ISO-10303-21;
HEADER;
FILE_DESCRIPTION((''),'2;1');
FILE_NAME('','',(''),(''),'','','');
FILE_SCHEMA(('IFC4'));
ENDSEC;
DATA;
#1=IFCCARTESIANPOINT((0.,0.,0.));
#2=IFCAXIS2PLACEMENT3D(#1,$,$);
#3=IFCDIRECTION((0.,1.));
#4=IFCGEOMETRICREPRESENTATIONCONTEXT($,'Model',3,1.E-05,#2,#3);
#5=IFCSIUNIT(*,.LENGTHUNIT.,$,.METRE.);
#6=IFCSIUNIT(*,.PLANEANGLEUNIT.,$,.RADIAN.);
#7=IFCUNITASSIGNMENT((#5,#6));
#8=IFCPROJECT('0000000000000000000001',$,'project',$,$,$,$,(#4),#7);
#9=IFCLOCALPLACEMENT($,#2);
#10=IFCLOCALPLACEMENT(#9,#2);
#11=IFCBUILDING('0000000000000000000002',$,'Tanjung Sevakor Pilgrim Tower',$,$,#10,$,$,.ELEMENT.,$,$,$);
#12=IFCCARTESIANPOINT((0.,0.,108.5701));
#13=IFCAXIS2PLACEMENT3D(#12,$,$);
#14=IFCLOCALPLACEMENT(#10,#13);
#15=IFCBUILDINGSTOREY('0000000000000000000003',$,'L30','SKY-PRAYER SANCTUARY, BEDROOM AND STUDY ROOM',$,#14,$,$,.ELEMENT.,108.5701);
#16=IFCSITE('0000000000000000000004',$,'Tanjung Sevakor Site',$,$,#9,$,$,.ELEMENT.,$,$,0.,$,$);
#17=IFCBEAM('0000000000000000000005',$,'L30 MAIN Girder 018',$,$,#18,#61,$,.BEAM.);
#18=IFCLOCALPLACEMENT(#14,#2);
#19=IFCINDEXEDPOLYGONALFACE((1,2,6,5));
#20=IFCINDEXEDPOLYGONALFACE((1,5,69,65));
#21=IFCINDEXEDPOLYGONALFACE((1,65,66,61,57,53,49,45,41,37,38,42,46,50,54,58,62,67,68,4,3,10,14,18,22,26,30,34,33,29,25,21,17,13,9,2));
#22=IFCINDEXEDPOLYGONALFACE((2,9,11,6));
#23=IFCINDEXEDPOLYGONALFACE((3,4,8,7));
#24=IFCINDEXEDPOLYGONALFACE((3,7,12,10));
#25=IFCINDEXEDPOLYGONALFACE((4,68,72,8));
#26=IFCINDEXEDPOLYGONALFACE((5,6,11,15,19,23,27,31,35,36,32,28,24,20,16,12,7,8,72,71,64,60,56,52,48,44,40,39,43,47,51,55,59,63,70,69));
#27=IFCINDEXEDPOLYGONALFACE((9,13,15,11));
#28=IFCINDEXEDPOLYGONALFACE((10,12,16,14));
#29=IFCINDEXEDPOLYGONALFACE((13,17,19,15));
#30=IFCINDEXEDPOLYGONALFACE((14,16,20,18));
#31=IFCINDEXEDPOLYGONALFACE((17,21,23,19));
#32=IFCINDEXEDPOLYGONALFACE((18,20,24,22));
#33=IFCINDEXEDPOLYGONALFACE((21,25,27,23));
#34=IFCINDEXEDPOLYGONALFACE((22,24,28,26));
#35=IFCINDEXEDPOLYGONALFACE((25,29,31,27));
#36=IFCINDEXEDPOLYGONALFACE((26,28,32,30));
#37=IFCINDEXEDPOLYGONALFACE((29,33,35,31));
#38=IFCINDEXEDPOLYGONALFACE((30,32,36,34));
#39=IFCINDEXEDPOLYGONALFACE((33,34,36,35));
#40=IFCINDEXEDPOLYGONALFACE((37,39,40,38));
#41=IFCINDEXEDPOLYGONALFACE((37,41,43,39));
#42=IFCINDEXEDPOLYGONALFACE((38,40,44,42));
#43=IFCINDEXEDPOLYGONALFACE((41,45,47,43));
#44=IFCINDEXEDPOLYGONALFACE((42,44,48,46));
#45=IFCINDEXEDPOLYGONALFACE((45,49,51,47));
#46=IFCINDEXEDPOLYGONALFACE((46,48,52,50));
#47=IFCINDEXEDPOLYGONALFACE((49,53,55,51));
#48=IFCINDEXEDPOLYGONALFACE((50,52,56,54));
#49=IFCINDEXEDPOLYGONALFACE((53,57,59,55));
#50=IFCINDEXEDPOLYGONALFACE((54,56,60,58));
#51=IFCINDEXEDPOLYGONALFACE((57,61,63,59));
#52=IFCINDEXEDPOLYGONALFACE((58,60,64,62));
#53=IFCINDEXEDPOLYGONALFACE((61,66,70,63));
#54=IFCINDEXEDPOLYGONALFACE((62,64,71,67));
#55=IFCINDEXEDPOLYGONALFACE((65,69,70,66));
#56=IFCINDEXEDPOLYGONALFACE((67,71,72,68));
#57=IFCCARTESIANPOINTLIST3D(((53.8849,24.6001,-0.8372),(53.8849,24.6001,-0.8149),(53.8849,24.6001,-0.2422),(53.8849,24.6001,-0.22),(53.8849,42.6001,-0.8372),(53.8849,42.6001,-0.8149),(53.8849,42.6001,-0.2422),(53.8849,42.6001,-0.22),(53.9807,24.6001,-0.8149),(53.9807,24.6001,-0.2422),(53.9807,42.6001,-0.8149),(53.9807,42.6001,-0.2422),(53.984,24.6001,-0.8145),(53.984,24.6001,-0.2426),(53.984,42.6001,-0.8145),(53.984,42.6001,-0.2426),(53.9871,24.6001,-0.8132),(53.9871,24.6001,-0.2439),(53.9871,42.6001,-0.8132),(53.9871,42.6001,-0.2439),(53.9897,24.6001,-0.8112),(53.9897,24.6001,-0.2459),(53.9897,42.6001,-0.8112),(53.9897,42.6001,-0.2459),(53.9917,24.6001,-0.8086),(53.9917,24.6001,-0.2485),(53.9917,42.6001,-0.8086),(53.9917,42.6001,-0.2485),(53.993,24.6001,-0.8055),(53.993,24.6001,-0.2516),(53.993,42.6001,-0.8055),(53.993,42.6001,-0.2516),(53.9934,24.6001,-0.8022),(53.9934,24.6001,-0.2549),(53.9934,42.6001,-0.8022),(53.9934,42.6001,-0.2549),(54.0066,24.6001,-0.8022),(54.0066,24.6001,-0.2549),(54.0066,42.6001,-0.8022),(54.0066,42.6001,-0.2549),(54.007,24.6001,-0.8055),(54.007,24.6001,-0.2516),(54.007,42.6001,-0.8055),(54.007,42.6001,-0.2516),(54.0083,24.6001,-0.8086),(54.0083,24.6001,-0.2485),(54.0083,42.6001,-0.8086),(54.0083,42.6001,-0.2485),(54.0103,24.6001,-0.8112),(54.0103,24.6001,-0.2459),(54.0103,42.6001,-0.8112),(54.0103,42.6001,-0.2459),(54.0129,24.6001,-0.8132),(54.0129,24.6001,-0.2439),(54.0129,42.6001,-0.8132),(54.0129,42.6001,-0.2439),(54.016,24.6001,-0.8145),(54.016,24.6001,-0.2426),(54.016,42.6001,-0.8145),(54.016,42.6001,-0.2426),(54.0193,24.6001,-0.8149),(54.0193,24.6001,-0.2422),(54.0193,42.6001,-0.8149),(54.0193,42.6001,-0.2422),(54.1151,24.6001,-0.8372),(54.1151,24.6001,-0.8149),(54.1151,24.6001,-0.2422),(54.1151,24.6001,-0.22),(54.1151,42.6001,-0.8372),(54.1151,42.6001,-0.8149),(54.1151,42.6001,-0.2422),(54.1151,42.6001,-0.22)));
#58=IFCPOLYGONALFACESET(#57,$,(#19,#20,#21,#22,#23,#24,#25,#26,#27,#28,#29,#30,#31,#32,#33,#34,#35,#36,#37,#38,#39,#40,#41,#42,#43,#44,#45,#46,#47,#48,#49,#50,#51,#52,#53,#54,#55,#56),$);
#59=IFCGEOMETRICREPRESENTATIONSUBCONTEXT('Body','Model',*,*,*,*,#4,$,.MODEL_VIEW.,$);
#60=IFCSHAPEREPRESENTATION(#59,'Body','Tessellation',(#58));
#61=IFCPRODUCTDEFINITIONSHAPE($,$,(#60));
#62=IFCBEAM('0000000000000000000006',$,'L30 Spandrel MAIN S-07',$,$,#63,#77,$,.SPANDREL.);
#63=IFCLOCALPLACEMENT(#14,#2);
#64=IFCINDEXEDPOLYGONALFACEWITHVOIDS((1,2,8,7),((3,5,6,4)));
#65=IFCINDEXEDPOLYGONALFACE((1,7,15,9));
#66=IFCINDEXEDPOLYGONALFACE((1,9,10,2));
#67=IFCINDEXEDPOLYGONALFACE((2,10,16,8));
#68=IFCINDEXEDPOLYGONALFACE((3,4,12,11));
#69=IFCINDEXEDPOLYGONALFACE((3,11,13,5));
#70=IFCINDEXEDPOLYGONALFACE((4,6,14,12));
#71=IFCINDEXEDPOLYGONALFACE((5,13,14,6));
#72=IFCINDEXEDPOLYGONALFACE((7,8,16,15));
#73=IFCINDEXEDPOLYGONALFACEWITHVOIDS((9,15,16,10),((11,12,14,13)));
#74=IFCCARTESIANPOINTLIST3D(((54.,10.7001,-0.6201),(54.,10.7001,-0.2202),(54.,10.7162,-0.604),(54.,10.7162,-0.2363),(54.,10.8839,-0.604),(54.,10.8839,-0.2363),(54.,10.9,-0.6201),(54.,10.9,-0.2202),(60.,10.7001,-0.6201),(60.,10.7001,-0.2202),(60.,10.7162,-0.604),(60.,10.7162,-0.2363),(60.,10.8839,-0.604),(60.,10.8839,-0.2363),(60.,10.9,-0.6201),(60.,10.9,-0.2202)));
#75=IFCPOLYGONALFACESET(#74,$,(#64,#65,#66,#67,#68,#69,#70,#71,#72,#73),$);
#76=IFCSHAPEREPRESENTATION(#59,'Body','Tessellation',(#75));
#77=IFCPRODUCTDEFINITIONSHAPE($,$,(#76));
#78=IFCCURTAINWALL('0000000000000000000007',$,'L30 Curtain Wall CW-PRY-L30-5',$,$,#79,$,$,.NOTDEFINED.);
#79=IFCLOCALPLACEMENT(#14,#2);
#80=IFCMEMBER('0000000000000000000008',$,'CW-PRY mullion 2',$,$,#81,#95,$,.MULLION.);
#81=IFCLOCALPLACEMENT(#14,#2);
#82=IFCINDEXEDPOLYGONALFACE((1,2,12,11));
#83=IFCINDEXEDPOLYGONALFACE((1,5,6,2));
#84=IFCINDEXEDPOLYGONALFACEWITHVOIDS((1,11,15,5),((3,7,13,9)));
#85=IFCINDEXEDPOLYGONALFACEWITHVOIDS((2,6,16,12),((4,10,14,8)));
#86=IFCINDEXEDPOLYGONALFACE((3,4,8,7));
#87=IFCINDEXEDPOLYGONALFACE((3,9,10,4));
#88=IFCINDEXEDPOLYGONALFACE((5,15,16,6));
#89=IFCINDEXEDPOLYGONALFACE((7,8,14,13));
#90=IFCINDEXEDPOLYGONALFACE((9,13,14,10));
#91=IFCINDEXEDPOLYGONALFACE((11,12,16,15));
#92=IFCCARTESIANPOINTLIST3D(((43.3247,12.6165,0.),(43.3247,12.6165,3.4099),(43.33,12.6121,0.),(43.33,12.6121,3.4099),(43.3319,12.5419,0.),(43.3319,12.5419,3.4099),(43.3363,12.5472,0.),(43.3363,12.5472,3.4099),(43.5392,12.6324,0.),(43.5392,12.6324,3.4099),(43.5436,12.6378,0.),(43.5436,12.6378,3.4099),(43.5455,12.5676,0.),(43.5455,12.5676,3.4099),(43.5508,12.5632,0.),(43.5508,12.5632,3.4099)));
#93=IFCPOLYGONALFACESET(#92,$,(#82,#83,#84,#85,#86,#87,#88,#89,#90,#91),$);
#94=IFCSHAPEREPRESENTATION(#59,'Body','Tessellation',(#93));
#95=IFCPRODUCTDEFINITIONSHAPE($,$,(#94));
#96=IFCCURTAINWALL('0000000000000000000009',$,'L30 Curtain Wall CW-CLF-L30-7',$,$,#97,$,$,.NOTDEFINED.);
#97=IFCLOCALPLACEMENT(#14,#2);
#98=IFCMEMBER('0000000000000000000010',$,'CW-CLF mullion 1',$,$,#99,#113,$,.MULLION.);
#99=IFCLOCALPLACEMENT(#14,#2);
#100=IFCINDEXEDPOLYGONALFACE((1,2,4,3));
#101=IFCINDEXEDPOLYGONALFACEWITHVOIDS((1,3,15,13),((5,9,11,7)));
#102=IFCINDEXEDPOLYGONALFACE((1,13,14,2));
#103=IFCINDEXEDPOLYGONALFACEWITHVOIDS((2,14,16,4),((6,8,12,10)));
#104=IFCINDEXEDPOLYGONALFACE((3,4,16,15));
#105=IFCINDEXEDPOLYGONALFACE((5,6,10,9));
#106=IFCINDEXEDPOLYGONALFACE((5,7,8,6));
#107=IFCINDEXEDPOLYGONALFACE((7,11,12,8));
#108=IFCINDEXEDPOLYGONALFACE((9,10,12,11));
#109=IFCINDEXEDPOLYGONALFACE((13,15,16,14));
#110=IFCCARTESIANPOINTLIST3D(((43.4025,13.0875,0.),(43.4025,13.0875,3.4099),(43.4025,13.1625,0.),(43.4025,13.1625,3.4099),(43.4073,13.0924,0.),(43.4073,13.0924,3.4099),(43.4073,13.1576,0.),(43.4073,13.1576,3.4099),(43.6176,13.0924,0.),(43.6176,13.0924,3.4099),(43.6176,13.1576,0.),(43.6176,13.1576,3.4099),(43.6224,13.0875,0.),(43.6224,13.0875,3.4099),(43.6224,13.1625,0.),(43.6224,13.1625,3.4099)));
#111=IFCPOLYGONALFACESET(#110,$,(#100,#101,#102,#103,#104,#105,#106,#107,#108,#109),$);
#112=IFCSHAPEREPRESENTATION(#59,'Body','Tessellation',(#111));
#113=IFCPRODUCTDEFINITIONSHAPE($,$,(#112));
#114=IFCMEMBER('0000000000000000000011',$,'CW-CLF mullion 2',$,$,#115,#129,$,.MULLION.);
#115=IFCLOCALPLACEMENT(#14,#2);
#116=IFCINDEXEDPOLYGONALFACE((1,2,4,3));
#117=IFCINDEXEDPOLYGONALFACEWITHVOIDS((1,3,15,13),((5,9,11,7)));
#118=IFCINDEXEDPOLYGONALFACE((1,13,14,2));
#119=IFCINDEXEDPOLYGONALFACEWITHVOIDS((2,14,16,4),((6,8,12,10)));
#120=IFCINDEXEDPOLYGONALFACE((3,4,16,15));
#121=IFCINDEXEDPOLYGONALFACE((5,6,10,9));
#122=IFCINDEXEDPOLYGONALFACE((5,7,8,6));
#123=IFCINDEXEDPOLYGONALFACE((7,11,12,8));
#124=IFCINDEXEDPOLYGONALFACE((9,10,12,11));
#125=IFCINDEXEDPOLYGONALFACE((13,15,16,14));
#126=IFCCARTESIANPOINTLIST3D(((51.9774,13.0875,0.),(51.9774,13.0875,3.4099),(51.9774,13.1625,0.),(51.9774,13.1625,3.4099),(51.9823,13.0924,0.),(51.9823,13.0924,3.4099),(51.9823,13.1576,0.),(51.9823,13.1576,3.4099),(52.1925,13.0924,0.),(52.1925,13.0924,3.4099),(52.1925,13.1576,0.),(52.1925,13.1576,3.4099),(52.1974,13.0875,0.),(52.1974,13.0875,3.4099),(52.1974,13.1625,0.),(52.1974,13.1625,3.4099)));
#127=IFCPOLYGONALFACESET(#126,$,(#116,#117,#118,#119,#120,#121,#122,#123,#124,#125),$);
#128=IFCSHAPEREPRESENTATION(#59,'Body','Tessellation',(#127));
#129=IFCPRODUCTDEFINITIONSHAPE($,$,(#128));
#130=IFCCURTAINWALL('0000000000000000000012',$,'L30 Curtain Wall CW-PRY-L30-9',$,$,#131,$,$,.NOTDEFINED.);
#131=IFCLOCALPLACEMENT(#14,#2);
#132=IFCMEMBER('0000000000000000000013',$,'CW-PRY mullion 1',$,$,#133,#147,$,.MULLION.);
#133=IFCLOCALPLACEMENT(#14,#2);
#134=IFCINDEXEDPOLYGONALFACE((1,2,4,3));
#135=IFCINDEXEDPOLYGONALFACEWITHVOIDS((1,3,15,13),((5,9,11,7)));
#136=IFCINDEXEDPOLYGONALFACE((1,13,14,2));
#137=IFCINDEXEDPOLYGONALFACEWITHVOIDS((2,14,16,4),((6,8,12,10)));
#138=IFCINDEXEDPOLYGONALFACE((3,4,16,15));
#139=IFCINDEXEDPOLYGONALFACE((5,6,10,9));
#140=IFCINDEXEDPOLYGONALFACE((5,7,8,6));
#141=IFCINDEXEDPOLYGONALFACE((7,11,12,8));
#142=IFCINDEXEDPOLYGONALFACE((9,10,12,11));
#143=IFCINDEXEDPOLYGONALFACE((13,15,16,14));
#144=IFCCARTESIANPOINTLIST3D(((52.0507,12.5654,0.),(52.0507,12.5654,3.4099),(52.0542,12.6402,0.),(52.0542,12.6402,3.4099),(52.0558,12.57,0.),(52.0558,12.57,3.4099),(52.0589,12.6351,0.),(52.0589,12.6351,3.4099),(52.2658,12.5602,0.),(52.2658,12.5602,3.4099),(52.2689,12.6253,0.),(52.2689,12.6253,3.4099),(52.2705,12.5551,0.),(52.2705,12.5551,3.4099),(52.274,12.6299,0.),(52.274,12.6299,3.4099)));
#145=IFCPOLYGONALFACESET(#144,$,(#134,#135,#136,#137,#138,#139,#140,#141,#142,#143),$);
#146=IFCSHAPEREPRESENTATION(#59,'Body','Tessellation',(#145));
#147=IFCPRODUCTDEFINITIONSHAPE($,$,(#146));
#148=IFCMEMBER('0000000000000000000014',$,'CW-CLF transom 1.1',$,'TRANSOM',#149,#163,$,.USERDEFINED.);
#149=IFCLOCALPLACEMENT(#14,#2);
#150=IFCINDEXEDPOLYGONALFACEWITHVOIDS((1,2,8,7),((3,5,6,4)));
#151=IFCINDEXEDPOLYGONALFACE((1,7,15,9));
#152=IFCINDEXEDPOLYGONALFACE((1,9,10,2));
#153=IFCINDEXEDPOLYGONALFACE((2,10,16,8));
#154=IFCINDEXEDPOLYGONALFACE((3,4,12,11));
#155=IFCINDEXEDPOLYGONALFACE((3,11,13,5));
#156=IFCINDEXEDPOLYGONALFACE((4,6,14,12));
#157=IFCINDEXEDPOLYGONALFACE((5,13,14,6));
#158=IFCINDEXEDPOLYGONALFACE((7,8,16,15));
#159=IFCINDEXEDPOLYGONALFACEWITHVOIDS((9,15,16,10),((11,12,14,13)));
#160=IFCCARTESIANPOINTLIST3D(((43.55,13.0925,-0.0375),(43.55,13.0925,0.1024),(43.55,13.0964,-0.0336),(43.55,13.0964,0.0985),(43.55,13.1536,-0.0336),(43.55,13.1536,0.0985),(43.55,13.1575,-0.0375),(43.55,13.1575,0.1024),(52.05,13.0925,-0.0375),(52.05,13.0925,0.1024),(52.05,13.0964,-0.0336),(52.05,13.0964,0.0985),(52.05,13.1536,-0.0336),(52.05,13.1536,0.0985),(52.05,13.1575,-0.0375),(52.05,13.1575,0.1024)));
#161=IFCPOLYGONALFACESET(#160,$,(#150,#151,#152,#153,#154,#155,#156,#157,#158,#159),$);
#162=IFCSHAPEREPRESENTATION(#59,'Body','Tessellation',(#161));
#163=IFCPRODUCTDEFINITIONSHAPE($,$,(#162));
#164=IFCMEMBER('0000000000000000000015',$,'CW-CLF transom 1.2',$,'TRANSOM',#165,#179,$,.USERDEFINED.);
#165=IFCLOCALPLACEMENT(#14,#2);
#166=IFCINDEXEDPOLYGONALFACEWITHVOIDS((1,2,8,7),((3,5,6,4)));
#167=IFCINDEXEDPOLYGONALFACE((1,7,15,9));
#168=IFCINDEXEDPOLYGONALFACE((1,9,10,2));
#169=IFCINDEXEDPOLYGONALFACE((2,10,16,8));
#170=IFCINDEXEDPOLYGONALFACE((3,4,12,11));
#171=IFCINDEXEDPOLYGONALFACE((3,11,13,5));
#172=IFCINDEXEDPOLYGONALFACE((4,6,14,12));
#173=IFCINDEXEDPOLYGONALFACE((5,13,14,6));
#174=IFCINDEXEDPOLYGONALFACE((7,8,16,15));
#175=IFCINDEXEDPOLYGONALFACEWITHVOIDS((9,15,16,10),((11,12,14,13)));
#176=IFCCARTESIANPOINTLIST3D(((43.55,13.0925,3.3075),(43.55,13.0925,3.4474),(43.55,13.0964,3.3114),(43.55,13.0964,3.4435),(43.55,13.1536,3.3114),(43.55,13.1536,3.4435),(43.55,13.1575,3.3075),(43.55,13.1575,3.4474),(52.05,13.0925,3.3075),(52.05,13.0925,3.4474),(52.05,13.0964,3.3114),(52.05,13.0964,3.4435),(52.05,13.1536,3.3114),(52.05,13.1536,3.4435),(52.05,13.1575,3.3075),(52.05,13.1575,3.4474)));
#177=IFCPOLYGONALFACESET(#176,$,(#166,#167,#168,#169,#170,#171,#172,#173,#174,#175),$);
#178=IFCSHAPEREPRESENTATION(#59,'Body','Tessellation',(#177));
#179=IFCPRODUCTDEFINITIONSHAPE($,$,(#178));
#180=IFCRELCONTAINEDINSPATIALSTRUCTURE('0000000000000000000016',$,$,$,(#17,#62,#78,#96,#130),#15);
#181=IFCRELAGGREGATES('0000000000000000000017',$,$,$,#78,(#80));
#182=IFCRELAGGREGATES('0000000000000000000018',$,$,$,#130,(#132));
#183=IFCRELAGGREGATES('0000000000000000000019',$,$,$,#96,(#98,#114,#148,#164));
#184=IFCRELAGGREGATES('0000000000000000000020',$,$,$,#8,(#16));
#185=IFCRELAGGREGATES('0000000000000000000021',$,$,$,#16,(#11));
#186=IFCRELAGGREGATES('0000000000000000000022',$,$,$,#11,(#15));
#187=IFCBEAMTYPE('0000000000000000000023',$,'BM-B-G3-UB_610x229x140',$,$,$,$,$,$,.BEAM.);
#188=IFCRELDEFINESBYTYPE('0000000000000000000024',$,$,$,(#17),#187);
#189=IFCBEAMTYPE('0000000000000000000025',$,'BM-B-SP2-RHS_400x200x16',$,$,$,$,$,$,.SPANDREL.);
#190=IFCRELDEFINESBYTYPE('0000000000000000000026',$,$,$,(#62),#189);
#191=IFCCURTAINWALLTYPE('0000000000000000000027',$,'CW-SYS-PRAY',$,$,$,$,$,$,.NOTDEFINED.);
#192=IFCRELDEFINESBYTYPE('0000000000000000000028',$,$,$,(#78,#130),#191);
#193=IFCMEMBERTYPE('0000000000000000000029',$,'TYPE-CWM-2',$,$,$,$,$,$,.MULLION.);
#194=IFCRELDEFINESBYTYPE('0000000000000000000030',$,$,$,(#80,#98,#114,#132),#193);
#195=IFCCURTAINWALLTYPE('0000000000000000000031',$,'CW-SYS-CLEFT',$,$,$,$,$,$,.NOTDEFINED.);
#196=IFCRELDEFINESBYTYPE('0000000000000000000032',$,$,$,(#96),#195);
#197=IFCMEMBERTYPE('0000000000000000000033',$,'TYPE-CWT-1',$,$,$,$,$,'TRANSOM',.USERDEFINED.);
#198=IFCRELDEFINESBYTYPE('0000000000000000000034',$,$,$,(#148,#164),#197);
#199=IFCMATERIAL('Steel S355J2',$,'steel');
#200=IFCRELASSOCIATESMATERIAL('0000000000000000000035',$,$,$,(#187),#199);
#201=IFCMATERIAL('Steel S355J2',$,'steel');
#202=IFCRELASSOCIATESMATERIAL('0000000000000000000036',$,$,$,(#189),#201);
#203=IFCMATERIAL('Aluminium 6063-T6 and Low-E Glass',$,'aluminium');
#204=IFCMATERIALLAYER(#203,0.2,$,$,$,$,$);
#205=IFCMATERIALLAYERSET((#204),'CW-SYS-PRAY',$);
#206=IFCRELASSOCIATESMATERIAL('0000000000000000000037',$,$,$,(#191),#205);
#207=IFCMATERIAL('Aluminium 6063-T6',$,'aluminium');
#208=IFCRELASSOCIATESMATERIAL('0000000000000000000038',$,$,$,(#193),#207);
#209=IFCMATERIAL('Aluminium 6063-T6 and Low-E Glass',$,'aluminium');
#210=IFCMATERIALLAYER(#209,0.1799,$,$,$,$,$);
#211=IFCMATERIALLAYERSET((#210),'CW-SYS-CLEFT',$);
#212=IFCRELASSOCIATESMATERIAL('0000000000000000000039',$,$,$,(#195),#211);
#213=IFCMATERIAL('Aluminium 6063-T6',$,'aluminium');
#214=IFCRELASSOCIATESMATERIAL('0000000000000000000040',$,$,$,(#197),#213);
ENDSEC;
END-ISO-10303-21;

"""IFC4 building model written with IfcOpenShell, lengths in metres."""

from ifc_helpers import new_model, si_unit, direction, frame, origin, origin_2d, place, context, subcontext, project, spatial, hollow_rectangle, i_section, extrude, material, layer, layer_set, material_profile, profile_set, type_object, element, aggregate, save


model = new_model("IFC4")

# Units and contexts
model_context = context("Model", 3, precision=1e-05, world=origin(), true_north=direction((0.0, 1.0)))
body_context = subcontext(model_context, "Body", "Model", "MODEL_VIEW")
ifc_project = project(units=[si_unit("LENGTHUNIT", "METRE"), si_unit("PLANEANGLEUNIT", "RADIAN")], contexts=[model_context])

# Site, building, storey
site_placement = place(None, origin())
site = spatial("IfcSite", under=ifc_project, at=site_placement, Name="Tanjung Sevakor Site", CompositionType="ELEMENT", RefElevation=0.0)
building_placement = place(site_placement, origin())
building = spatial("IfcBuilding", under=site, at=building_placement, Name="Tanjung Sevakor Pilgrim Tower", CompositionType="ELEMENT")
storey_placement = place(building_placement, frame((0.0, 0.0, 108.5701)))
storey = spatial("IfcBuildingStorey", under=building, at=storey_placement, Name="L30", Description="SKY-PRAYER SANCTUARY, BEDROOM AND STUDY ROOM", CompositionType="ELEMENT", Elevation=108.5701)

# Beams
ifc_material_1 = material(Name="Steel S355J2", Category="steel")
ifc_material_profile_1 = material_profile(ifc_material_1, i_section(OverallWidth=0.2302, OverallDepth=0.6172, WebThickness=0.0132, FlangeThickness=0.0222, FilletRadius=0.0127, at=origin_2d()))
ifc_profile_set_1 = profile_set([ifc_material_profile_1], Name="Steel S355J2")
beam_type_1 = type_object("IfcBeamType", Name="BM-B-G3-UB_610x229x140", PredefinedType="BEAM", material=ifc_profile_set_1)
beam_1_placement = place(storey_placement, frame((54.0, 24.6001, -0.5286), z_axis=(0.0, 1.0, 0.0), x_axis=(-1.0, 0.0, 0.0)))
element("IfcBeam", 1, at=beam_1_placement, inside=storey, type_object=beam_type_1, Name="L30 MAIN Girder 018", PredefinedType="BEAM", context=body_context, shape_type="SweptSolid", body=[
    extrude(i_section(OverallWidth=0.2302, OverallDepth=0.6172, WebThickness=0.0132, FlangeThickness=0.0222, FilletRadius=0.0127, at=origin_2d()), origin(), (0.0, 0.0, 1.0), 18.0),
])
ifc_material_2 = material(Name="Steel S355J2", Category="steel")
ifc_material_profile_2 = material_profile(ifc_material_2, hollow_rectangle(XDim=0.2, YDim=0.3999, WallThickness=0.0161, at=origin_2d()))
ifc_profile_set_2 = profile_set([ifc_material_profile_2], Name="Steel S355J2")
beam_type_2 = type_object("IfcBeamType", Name="BM-B-SP2-RHS_400x200x16", PredefinedType="SPANDREL", material=ifc_profile_set_2)
beam_2_placement = place(storey_placement, frame((54.0, 10.8, -0.4202), z_axis=(1.0, 0.0, 0.0), x_axis=(0.0, 1.0, 0.0)))
element("IfcBeam", 2, at=beam_2_placement, inside=storey, type_object=beam_type_2, Name="L30 Spandrel MAIN S-07", PredefinedType="SPANDREL", context=body_context, shape_type="SweptSolid", body=[
    extrude(hollow_rectangle(XDim=0.2, YDim=0.3999, WallThickness=0.0161, at=origin_2d()), origin(), (0.0, 0.0, 1.0), 6.0),
])

# Curtain wall, member
ifc_material_3 = material(Name="Aluminium 6063-T6 and Low-E Glass", Category="aluminium")
ifc_layer_1 = layer(ifc_material_3, 0.2)
ifc_layer_set_1 = layer_set([ifc_layer_1], Name="CW-SYS-PRAY")
curtain_wall_type_1 = type_object("IfcCurtainWallType", Name="CW-SYS-PRAY", PredefinedType="NOTDEFINED", material=ifc_layer_set_1)
curtain_wall_1_placement = place(storey_placement, origin())
curtain_wall_1 = element("IfcCurtainWall", 3, at=curtain_wall_1_placement, inside=storey, type_object=curtain_wall_type_1, Name="L30 Curtain Wall CW-PRY-L30-5", PredefinedType="NOTDEFINED")
ifc_material_4 = material(Name="Aluminium 6063-T6", Category="aluminium")
ifc_material_profile_3 = material_profile(ifc_material_4, hollow_rectangle(XDim=0.075, YDim=0.22, WallThickness=0.0049, at=origin_2d()))
ifc_profile_set_3 = profile_set([ifc_material_profile_3], Name="Aluminium 6063-T6")
member_type_1 = type_object("IfcMemberType", Name="TYPE-CWM-2", PredefinedType="MULLION", material=ifc_profile_set_3)
member_1_placement = place(storey_placement, frame((43.4377, 12.5898, 0.0), z_axis=(0.0, 0.0, 1.0), x_axis=(-0.096645, 0.995319, 0.0)))
member_1 = element("IfcMember", 4, at=member_1_placement, type_object=member_type_1, Name="CW-PRY mullion 2", PredefinedType="MULLION", context=body_context, shape_type="SweptSolid", body=[
    extrude(hollow_rectangle(XDim=0.075, YDim=0.22, WallThickness=0.0049, at=origin_2d()), origin(), (0.0, 0.0, 1.0), 3.4099),
])
aggregate(curtain_wall_1, [member_1])

# Curtain wall, members
ifc_material_5 = material(Name="Aluminium 6063-T6 and Low-E Glass", Category="aluminium")
ifc_layer_2 = layer(ifc_material_5, 0.1799)
ifc_layer_set_2 = layer_set([ifc_layer_2], Name="CW-SYS-CLEFT")
curtain_wall_type_2 = type_object("IfcCurtainWallType", Name="CW-SYS-CLEFT", PredefinedType="NOTDEFINED", material=ifc_layer_set_2)
curtain_wall_2_placement = place(storey_placement, origin())
curtain_wall_2 = element("IfcCurtainWall", 5, at=curtain_wall_2_placement, inside=storey, type_object=curtain_wall_type_2, Name="L30 Curtain Wall CW-CLF-L30-7", PredefinedType="NOTDEFINED")
member_2_placement = place(storey_placement, frame((43.5125, 13.125, 0.0), z_axis=(0.0, 0.0, 1.0), x_axis=(0.0, 1.0, 0.0)))
member_2 = element("IfcMember", 6, at=member_2_placement, type_object=member_type_1, Name="CW-CLF mullion 1", PredefinedType="MULLION", context=body_context, shape_type="SweptSolid", body=[
    extrude(hollow_rectangle(XDim=0.075, YDim=0.22, WallThickness=0.0049, at=origin_2d()), origin(), (0.0, 0.0, 1.0), 3.4099),
])
member_3_placement = place(storey_placement, frame((52.0874, 13.125, 0.0), z_axis=(0.0, 0.0, 1.0), x_axis=(0.0, 1.0, 0.0)))
member_3 = element("IfcMember", 7, at=member_3_placement, type_object=member_type_1, Name="CW-CLF mullion 2", PredefinedType="MULLION", context=body_context, shape_type="SweptSolid", body=[
    extrude(hollow_rectangle(XDim=0.075, YDim=0.22, WallThickness=0.0049, at=origin_2d()), origin(), (0.0, 0.0, 1.0), 3.4099),
])

# Curtain wall, member
curtain_wall_3_placement = place(storey_placement, origin())
curtain_wall_3 = element("IfcCurtainWall", 8, at=curtain_wall_3_placement, inside=storey, type_object=curtain_wall_type_1, Name="L30 Curtain Wall CW-PRY-L30-9", PredefinedType="NOTDEFINED")
member_4_placement = place(storey_placement, frame((52.1624, 12.5977, 0.0), z_axis=(0.0, 0.0, 1.0), x_axis=(0.046896, 0.9989, 0.0)))
member_4 = element("IfcMember", 9, at=member_4_placement, type_object=member_type_1, Name="CW-PRY mullion 1", PredefinedType="MULLION", context=body_context, shape_type="SweptSolid", body=[
    extrude(hollow_rectangle(XDim=0.075, YDim=0.22, WallThickness=0.0049, at=origin_2d()), origin(), (0.0, 0.0, 1.0), 3.4099),
])

# Members
ifc_material_6 = material(Name="Aluminium 6063-T6", Category="aluminium")
ifc_material_profile_4 = material_profile(ifc_material_6, hollow_rectangle(XDim=0.0649, YDim=0.1399, WallThickness=0.0039, at=origin_2d()))
ifc_profile_set_4 = profile_set([ifc_material_profile_4], Name="Aluminium 6063-T6")
member_type_2 = type_object("IfcMemberType", Name="TYPE-CWT-1", ElementType="TRANSOM", PredefinedType="USERDEFINED", material=ifc_profile_set_4)
member_5_placement = place(storey_placement, frame((43.55, 13.125, 0.0325), z_axis=(1.0, 0.0, 0.0), x_axis=(0.0, 1.0, 0.0)))
member_5 = element("IfcMember", 10, at=member_5_placement, type_object=member_type_2, Name="CW-CLF transom 1.1", ObjectType="TRANSOM", PredefinedType="USERDEFINED", context=body_context, shape_type="SweptSolid", body=[
    extrude(hollow_rectangle(XDim=0.0649, YDim=0.1399, WallThickness=0.0039, at=origin_2d()), origin(), (0.0, 0.0, 1.0), 8.5),
])
member_6_placement = place(storey_placement, frame((43.55, 13.125, 3.3774), z_axis=(1.0, 0.0, 0.0), x_axis=(0.0, 1.0, 0.0)))
member_6 = element("IfcMember", 11, at=member_6_placement, type_object=member_type_2, Name="CW-CLF transom 1.2", ObjectType="TRANSOM", PredefinedType="USERDEFINED", context=body_context, shape_type="SweptSolid", body=[
    extrude(hollow_rectangle(XDim=0.0649, YDim=0.1399, WallThickness=0.0039, at=origin_2d()), origin(), (0.0, 0.0, 1.0), 8.5),
])
aggregate(curtain_wall_3, [member_4])

aggregate(curtain_wall_2, [member_2, member_3, member_5, member_6])

save(model, "model.ifc")
